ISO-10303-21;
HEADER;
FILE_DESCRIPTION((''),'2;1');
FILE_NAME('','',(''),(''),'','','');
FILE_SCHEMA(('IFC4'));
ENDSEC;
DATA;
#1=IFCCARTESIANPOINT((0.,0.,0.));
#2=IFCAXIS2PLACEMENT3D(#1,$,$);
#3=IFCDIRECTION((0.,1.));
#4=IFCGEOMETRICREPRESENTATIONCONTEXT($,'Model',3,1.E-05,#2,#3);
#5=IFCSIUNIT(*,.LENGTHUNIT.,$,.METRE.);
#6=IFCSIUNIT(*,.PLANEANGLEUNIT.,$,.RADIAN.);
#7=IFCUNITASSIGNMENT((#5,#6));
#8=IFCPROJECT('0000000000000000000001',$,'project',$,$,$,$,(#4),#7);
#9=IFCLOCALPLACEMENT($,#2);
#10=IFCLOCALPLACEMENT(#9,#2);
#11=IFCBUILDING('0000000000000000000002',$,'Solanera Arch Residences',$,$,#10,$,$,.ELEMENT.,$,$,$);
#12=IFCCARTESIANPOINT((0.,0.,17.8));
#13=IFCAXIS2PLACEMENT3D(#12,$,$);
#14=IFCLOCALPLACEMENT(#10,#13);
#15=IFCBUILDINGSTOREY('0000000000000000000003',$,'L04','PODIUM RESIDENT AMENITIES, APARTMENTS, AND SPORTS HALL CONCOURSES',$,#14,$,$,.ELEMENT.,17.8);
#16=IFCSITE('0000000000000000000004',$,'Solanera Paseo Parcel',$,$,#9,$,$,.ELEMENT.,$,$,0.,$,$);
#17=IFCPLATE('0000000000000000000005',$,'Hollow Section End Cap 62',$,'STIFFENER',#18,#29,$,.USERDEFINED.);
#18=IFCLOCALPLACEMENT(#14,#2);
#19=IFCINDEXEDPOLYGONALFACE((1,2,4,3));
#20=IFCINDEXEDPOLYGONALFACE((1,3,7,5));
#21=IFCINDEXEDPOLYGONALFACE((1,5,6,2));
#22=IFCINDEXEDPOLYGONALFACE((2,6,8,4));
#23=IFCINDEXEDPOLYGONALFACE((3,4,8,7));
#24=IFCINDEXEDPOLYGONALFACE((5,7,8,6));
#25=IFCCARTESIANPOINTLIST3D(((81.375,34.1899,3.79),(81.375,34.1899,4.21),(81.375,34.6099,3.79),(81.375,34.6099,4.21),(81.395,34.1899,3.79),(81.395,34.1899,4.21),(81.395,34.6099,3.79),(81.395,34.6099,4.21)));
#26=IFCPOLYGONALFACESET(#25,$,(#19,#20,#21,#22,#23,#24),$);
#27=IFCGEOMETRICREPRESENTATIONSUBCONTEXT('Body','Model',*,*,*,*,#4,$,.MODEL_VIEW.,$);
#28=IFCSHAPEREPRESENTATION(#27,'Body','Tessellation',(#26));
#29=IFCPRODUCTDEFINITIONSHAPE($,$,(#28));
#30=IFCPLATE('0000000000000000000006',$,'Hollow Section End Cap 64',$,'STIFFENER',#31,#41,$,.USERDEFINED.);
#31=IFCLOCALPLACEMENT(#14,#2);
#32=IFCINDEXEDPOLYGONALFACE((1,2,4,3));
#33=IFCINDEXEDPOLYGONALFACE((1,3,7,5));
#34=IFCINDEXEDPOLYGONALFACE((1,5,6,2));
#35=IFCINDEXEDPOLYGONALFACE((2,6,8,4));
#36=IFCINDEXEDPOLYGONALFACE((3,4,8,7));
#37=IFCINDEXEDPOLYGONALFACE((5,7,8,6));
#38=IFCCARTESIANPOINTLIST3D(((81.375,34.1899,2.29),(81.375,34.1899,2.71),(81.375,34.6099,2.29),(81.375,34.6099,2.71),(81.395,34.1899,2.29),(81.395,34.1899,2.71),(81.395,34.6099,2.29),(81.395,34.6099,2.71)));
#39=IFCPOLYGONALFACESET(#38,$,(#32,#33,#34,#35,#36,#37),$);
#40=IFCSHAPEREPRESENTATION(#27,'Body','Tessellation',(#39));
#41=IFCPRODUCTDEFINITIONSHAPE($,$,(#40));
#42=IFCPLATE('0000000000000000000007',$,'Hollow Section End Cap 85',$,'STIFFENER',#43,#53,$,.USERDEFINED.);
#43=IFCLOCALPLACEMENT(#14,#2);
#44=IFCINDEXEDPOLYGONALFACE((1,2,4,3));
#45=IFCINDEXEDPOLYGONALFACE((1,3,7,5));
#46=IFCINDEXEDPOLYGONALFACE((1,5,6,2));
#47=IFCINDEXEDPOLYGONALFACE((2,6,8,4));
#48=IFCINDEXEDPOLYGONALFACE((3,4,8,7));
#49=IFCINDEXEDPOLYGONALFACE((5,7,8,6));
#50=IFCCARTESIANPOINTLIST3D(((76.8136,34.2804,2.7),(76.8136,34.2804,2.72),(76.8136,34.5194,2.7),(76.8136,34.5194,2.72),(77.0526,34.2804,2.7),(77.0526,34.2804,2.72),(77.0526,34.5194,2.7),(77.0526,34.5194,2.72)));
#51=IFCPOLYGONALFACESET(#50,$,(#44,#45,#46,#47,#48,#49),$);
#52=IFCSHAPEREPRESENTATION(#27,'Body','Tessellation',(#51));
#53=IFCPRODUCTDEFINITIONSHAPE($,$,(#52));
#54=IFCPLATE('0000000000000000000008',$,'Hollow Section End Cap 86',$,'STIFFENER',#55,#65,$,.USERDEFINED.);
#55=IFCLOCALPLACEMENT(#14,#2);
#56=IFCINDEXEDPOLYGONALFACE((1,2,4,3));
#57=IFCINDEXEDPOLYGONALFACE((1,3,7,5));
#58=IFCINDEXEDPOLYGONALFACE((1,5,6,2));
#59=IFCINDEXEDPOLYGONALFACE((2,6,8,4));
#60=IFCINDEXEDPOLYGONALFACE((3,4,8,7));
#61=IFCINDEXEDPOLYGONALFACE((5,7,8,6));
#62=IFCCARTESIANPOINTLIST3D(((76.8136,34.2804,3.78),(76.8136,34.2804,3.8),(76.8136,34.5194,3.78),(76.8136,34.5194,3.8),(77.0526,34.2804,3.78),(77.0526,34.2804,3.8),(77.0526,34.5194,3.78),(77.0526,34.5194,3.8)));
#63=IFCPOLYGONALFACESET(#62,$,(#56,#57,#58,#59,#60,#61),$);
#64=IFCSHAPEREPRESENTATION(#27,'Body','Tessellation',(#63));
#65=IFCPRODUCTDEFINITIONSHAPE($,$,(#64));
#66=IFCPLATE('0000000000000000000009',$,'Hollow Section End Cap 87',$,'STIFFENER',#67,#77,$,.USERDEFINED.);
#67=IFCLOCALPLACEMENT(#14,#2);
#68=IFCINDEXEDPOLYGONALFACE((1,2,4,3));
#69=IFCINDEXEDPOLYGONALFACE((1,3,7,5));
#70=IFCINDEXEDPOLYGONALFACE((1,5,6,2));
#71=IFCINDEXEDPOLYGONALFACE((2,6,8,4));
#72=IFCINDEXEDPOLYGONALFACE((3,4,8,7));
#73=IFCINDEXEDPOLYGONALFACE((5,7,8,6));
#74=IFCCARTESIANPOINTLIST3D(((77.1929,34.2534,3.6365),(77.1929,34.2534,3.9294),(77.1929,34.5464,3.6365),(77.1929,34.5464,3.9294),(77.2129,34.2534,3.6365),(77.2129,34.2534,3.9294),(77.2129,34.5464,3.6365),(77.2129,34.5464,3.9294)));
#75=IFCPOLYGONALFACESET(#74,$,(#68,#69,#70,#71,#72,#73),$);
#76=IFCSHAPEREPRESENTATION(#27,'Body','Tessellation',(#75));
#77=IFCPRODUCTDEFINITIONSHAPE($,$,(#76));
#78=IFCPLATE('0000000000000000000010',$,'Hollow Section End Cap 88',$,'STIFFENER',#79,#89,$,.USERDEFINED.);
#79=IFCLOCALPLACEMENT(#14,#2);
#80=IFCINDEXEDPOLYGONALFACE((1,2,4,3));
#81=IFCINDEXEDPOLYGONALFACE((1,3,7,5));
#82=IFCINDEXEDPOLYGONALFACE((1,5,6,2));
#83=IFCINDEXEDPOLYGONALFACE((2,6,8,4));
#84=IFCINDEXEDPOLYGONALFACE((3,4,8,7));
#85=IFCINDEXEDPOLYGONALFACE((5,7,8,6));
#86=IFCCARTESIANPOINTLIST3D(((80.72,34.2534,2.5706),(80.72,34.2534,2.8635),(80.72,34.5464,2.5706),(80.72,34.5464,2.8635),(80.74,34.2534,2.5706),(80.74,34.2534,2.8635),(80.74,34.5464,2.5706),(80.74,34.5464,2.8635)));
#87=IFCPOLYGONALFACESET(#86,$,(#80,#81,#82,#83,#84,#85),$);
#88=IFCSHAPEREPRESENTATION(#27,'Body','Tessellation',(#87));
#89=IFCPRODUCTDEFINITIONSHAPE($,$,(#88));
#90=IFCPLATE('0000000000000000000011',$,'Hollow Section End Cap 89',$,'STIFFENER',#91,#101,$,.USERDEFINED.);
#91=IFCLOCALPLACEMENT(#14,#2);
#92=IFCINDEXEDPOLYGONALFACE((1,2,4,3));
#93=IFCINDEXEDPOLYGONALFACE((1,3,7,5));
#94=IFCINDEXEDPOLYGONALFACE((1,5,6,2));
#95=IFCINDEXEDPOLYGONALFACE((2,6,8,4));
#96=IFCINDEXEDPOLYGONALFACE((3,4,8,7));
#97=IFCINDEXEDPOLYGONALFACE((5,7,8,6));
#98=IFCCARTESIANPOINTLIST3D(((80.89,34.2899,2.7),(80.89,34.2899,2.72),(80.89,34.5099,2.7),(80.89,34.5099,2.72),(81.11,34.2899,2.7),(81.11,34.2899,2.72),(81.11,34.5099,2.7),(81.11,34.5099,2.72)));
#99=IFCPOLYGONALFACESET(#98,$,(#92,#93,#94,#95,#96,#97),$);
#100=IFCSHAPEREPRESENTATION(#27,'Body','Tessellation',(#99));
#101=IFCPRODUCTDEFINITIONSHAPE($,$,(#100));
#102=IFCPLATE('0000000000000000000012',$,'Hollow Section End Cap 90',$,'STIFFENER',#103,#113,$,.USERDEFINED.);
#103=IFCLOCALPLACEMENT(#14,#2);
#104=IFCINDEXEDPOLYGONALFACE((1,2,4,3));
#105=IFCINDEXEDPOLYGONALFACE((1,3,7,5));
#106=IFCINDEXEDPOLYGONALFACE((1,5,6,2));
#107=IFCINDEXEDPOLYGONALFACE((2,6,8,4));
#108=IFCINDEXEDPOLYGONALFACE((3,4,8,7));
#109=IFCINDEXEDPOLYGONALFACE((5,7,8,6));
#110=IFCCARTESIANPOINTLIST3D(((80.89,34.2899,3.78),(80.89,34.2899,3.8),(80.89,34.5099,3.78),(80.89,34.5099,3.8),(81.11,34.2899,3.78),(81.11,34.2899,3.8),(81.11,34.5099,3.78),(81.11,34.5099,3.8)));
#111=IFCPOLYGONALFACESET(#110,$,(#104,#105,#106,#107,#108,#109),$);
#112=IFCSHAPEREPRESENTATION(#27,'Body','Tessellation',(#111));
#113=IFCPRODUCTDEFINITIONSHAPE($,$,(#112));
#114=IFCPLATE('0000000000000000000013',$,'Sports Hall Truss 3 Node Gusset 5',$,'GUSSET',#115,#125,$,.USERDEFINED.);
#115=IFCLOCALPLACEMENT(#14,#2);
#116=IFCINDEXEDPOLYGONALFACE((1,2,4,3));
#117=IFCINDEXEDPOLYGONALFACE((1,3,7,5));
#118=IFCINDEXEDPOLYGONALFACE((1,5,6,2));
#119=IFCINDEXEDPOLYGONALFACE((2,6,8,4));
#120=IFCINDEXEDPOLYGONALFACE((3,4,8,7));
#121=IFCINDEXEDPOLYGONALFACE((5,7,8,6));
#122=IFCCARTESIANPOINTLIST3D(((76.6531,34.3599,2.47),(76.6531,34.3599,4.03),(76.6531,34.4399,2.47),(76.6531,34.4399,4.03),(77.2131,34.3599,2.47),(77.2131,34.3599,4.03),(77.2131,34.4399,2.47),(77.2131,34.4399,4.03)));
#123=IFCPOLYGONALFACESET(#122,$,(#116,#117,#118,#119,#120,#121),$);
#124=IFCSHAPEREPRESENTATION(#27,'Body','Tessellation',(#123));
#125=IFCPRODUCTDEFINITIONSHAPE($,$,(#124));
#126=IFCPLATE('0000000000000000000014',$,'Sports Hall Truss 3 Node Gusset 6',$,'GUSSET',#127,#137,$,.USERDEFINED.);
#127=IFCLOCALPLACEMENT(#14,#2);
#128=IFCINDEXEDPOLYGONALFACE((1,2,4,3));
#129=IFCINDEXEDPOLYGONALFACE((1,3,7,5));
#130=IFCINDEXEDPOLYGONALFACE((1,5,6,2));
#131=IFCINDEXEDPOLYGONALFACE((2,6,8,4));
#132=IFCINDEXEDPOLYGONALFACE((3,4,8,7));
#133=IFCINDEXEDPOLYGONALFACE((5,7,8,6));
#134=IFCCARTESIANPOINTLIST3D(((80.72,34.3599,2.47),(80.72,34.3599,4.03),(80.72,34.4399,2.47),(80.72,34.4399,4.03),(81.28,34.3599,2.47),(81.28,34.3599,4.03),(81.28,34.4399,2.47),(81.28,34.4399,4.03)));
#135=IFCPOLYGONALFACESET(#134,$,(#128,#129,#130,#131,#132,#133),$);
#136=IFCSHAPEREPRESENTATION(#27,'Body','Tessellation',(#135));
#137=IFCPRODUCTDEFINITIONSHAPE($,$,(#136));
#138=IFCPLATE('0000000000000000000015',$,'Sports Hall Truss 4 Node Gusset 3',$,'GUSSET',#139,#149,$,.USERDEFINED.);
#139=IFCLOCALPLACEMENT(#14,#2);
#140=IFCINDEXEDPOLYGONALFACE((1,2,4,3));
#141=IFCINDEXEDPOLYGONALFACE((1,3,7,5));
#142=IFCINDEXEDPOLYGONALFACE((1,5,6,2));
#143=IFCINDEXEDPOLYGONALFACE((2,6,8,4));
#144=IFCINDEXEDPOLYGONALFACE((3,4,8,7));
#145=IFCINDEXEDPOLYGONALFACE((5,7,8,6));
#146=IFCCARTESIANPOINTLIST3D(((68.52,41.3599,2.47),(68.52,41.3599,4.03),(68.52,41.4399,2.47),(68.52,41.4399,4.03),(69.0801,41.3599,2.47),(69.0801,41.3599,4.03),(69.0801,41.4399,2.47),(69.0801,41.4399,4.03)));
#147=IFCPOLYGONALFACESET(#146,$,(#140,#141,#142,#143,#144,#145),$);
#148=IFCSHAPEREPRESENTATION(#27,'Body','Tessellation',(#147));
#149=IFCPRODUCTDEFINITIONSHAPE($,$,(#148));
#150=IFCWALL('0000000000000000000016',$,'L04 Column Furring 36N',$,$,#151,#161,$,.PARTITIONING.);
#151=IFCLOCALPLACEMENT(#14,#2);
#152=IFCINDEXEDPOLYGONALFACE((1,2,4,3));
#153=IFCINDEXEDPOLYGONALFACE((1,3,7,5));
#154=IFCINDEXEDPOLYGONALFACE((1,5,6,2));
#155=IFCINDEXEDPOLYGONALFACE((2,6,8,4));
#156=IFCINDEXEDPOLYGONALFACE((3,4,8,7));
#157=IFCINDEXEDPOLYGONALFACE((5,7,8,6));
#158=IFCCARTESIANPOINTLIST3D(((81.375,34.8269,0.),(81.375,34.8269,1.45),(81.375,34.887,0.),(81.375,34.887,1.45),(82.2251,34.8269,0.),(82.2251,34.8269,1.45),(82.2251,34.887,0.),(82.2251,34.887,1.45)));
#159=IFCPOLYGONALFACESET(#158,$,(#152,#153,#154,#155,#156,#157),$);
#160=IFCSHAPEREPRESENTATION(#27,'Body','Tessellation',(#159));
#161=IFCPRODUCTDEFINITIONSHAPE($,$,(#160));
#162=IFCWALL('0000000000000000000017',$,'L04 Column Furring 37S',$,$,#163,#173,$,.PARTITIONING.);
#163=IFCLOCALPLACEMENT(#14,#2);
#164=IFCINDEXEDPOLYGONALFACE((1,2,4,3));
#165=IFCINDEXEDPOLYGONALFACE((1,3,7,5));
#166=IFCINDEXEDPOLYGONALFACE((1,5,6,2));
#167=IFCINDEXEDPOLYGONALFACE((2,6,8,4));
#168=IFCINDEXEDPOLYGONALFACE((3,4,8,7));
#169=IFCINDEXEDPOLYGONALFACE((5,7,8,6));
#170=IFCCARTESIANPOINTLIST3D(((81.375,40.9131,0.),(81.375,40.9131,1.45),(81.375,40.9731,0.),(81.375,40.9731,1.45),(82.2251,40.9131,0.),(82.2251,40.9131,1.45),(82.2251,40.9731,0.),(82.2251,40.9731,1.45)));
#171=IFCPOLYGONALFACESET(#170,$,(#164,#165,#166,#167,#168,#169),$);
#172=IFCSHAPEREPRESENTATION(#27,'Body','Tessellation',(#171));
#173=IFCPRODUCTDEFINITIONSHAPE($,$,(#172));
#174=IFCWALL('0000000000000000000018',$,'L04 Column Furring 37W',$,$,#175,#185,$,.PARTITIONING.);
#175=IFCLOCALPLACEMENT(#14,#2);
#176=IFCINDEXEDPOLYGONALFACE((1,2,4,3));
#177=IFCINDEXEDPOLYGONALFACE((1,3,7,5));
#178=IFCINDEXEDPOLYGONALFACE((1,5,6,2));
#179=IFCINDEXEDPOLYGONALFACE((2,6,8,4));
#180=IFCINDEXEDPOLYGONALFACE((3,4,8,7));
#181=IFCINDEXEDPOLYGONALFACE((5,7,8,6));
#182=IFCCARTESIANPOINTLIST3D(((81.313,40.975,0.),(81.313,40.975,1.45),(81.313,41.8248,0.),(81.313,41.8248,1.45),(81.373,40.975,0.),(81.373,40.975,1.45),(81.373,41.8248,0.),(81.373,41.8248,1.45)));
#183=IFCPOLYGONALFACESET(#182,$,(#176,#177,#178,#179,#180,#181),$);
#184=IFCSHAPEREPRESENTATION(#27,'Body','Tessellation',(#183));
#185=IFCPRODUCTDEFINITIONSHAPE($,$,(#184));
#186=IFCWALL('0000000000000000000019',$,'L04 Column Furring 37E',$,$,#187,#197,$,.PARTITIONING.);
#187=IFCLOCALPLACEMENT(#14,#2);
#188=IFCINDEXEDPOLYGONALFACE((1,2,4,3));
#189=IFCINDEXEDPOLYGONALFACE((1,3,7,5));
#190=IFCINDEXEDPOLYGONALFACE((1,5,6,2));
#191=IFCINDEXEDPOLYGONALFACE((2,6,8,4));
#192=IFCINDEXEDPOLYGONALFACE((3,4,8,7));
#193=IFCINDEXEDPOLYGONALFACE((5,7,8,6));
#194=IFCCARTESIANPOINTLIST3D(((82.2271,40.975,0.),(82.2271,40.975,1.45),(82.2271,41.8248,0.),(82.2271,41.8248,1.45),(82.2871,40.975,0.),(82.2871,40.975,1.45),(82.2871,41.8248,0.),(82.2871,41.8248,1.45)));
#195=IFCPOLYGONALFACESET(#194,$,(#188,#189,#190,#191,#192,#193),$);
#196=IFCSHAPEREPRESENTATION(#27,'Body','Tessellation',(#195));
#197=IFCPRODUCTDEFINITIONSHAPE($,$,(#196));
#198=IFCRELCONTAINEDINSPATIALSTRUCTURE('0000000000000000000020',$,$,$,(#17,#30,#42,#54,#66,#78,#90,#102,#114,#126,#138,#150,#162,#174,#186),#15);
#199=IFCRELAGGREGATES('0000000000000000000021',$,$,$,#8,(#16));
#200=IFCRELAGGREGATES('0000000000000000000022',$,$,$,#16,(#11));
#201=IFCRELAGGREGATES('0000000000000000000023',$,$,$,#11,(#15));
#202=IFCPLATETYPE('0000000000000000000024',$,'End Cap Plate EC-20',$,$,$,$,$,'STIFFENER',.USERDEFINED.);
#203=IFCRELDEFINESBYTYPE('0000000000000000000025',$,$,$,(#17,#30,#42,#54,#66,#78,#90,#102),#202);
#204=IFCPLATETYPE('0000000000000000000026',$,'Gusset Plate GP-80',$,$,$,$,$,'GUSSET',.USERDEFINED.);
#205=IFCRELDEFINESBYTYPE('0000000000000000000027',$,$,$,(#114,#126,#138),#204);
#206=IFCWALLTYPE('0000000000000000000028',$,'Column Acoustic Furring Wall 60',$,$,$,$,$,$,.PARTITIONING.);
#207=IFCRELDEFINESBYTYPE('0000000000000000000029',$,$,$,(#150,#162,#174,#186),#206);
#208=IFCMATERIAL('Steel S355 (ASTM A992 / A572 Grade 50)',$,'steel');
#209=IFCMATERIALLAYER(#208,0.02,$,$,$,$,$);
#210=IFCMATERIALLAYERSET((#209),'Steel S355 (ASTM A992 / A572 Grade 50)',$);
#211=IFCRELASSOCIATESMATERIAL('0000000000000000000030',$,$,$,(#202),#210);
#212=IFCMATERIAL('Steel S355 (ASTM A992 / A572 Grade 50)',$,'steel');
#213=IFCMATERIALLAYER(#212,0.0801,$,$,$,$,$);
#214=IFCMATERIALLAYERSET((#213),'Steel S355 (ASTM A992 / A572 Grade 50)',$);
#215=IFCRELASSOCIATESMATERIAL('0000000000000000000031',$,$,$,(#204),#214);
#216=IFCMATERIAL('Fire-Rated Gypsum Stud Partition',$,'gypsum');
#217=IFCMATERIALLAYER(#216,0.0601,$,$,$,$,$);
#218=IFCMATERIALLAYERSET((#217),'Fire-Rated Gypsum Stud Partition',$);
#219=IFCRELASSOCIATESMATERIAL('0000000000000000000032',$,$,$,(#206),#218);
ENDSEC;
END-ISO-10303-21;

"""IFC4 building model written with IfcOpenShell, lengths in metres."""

from ifc_helpers import new_model, si_unit, direction, frame, frame_2d, origin, origin_2d, place, context, subcontext, project, spatial, rectangle, extrude, material, layer, layer_set, type_object, element, save


model = new_model("IFC4")

# Units and contexts
model_context = context("Model", 3, precision=1e-05, world=origin(), true_north=direction((0.0, 1.0)))
body_context = subcontext(model_context, "Body", "Model", "MODEL_VIEW")
ifc_project = project(units=[si_unit("LENGTHUNIT", "METRE"), si_unit("PLANEANGLEUNIT", "RADIAN")], contexts=[model_context])

# Site, building, storey
site_placement = place(None, origin())
site = spatial("IfcSite", under=ifc_project, at=site_placement, Name="Solanera Paseo Parcel", CompositionType="ELEMENT", RefElevation=0.0)
building_placement = place(site_placement, origin())
building = spatial("IfcBuilding", under=site, at=building_placement, Name="Solanera Arch Residences", CompositionType="ELEMENT")
storey_placement = place(building_placement, frame((0.0, 0.0, 17.8)))
storey = spatial("IfcBuildingStorey", under=building, at=storey_placement, Name="L04", Description="PODIUM RESIDENT AMENITIES, APARTMENTS, AND SPORTS HALL CONCOURSES", CompositionType="ELEMENT", Elevation=17.8)

# Plates
ifc_material_1 = material(Name="Steel S355 (ASTM A992 / A572 Grade 50)", Category="steel")
ifc_layer_1 = layer(ifc_material_1, 0.02)
ifc_layer_set_1 = layer_set([ifc_layer_1], Name="Steel S355 (ASTM A992 / A572 Grade 50)")
plate_type_1 = type_object("IfcPlateType", Name="End Cap Plate EC-20", ElementType="STIFFENER", PredefinedType="USERDEFINED", material=ifc_layer_set_1)
for number, where, z_axis, x_axis, name in (
    (1, (81.385, 34.3999, 3.79), (0.0, 0.0, 1.0), (1.0, 0.0, 0.0), "Hollow Section End Cap 62"),
    (2, (81.385, 34.3999, 2.29), (0.0, 0.0, 1.0), (1.0, 0.0, 0.0), "Hollow Section End Cap 64"),
):
    element("IfcPlate", number, at=place(storey_placement, frame(where, z_axis=z_axis, x_axis=x_axis)), inside=storey, type_object=plate_type_1, Name=name, ObjectType="STIFFENER", PredefinedType="USERDEFINED", context=body_context, shape_type="SweptSolid", body=[
        extrude(rectangle(XDim=0.02, YDim=0.4199, at=origin_2d()), origin(), (0.0, 0.0, 1.0), 0.4199),
    ])
for number, where, z_axis, x_axis, name in (
    (3, (76.9331, 34.3999, 2.7), (0.0, 0.0, 1.0), (1.0, 0.0, 0.0), "Hollow Section End Cap 85"),
    (4, (76.9331, 34.3999, 3.78), (0.0, 0.0, 1.0), (1.0, 0.0, 0.0), "Hollow Section End Cap 86"),
):
    element("IfcPlate", number, at=place(storey_placement, frame(where, z_axis=z_axis, x_axis=x_axis)), inside=storey, type_object=plate_type_1, Name=name, ObjectType="STIFFENER", PredefinedType="USERDEFINED", context=body_context, shape_type="SweptSolid", body=[
        extrude(rectangle(XDim=0.239, YDim=0.239, at=origin_2d()), origin(), (0.0, 0.0, 1.0), 0.02),
    ])
for number, where, z_axis, x_axis, name in (
    (5, (77.2029, 34.3999, 3.6365), (0.0, 0.0, 1.0), (-1.0, 0.0, 0.0), "Hollow Section End Cap 87"),
    (6, (80.73, 34.3999, 2.5706), (0.0, 0.0, 1.0), (1.0, 0.0, 0.0), "Hollow Section End Cap 88"),
):
    element("IfcPlate", number, at=place(storey_placement, frame(where, z_axis=z_axis, x_axis=x_axis)), inside=storey, type_object=plate_type_1, Name=name, ObjectType="STIFFENER", PredefinedType="USERDEFINED", context=body_context, shape_type="SweptSolid", body=[
        extrude(rectangle(XDim=0.02, YDim=0.293, at=origin_2d()), origin(), (0.0, 0.0, 1.0), 0.293),
    ])
for number, where, z_axis, x_axis, name in (
    (7, (81.0, 34.3999, 2.7), (0.0, 0.0, 1.0), (1.0, 0.0, 0.0), "Hollow Section End Cap 89"),
    (8, (81.0, 34.3999, 3.78), (0.0, 0.0, 1.0), (1.0, 0.0, 0.0), "Hollow Section End Cap 90"),
):
    element("IfcPlate", number, at=place(storey_placement, frame(where, z_axis=z_axis, x_axis=x_axis)), inside=storey, type_object=plate_type_1, Name=name, ObjectType="STIFFENER", PredefinedType="USERDEFINED", context=body_context, shape_type="SweptSolid", body=[
        extrude(rectangle(XDim=0.22, YDim=0.22, at=origin_2d()), origin(), (0.0, 0.0, 1.0), 0.02),
    ])
ifc_material_2 = material(Name="Steel S355 (ASTM A992 / A572 Grade 50)", Category="steel")
ifc_layer_2 = layer(ifc_material_2, 0.0801)
ifc_layer_set_2 = layer_set([ifc_layer_2], Name="Steel S355 (ASTM A992 / A572 Grade 50)")
plate_type_2 = type_object("IfcPlateType", Name="Gusset Plate GP-80", ElementType="GUSSET", PredefinedType="USERDEFINED", material=ifc_layer_set_2)
for number, where, z_axis, x_axis, name in (
    (9, (76.9331, 34.3999, 2.47), (0.0, 0.0, 1.0), (1.0, 0.0, 0.0), "Sports Hall Truss 3 Node Gusset 5"),
    (10, (81.0, 34.3999, 2.47), (0.0, 0.0, 1.0), (1.0, 0.0, 0.0), "Sports Hall Truss 3 Node Gusset 6"),
    (11, (68.8, 41.3999, 2.47), (0.0, 0.0, 1.0), (1.0, 0.0, 0.0), "Sports Hall Truss 4 Node Gusset 3"),
):
    element("IfcPlate", number, at=place(storey_placement, frame(where, z_axis=z_axis, x_axis=x_axis)), inside=storey, type_object=plate_type_2, Name=name, ObjectType="GUSSET", PredefinedType="USERDEFINED", context=body_context, shape_type="SweptSolid", body=[
        extrude(rectangle(XDim=0.5601, YDim=0.0801, at=origin_2d()), origin(), (0.0, 0.0, 1.0), 1.5601),
    ])

# Walls
ifc_material_3 = material(Name="Fire-Rated Gypsum Stud Partition", Category="gypsum")
ifc_layer_3 = layer(ifc_material_3, 0.0601)
ifc_layer_set_3 = layer_set([ifc_layer_3], Name="Fire-Rated Gypsum Stud Partition")
wall_type_1 = type_object("IfcWallType", Name="Column Acoustic Furring Wall 60", PredefinedType="PARTITIONING", material=ifc_layer_set_3)
for number, where, z_axis, x_axis, name in (
    (12, (81.375, 34.8569, 0.0), (0.0, 0.0, 1.0), (1.0, 0.0, 0.0), "L04 Column Furring 36N"),
    (13, (81.375, 40.9431, 0.0), (0.0, 0.0, 1.0), (1.0, 0.0, 0.0), "L04 Column Furring 37S"),
):
    element("IfcWall", number, at=place(storey_placement, frame(where, z_axis=z_axis, x_axis=x_axis)), inside=storey, type_object=wall_type_1, Name=name, PredefinedType="PARTITIONING", context=body_context, shape_type="SweptSolid", body=[
        extrude(rectangle(XDim=0.8501, YDim=0.0601, at=frame_2d((0.425, 0.0))), origin(), (0.0, 0.0, 1.0), 1.45),
    ])
for number, where, z_axis, x_axis, name in (
    (14, (81.343, 40.9751, 0.0), (0.0, 0.0, 1.0), (0.0, 1.0, 0.0), "L04 Column Furring 37W"),
    (15, (82.2571, 40.9751, 0.0), (0.0, 0.0, 1.0), (0.0, 1.0, 0.0), "L04 Column Furring 37E"),
):
    element("IfcWall", number, at=place(storey_placement, frame(where, z_axis=z_axis, x_axis=x_axis)), inside=storey, type_object=wall_type_1, Name=name, PredefinedType="PARTITIONING", context=body_context, shape_type="SweptSolid", body=[
        extrude(rectangle(XDim=0.8499, YDim=0.0601, at=frame_2d((0.4248, 0.0))), origin(), (0.0, 0.0, 1.0), 1.45),
    ])

save(model, "model.ifc")
